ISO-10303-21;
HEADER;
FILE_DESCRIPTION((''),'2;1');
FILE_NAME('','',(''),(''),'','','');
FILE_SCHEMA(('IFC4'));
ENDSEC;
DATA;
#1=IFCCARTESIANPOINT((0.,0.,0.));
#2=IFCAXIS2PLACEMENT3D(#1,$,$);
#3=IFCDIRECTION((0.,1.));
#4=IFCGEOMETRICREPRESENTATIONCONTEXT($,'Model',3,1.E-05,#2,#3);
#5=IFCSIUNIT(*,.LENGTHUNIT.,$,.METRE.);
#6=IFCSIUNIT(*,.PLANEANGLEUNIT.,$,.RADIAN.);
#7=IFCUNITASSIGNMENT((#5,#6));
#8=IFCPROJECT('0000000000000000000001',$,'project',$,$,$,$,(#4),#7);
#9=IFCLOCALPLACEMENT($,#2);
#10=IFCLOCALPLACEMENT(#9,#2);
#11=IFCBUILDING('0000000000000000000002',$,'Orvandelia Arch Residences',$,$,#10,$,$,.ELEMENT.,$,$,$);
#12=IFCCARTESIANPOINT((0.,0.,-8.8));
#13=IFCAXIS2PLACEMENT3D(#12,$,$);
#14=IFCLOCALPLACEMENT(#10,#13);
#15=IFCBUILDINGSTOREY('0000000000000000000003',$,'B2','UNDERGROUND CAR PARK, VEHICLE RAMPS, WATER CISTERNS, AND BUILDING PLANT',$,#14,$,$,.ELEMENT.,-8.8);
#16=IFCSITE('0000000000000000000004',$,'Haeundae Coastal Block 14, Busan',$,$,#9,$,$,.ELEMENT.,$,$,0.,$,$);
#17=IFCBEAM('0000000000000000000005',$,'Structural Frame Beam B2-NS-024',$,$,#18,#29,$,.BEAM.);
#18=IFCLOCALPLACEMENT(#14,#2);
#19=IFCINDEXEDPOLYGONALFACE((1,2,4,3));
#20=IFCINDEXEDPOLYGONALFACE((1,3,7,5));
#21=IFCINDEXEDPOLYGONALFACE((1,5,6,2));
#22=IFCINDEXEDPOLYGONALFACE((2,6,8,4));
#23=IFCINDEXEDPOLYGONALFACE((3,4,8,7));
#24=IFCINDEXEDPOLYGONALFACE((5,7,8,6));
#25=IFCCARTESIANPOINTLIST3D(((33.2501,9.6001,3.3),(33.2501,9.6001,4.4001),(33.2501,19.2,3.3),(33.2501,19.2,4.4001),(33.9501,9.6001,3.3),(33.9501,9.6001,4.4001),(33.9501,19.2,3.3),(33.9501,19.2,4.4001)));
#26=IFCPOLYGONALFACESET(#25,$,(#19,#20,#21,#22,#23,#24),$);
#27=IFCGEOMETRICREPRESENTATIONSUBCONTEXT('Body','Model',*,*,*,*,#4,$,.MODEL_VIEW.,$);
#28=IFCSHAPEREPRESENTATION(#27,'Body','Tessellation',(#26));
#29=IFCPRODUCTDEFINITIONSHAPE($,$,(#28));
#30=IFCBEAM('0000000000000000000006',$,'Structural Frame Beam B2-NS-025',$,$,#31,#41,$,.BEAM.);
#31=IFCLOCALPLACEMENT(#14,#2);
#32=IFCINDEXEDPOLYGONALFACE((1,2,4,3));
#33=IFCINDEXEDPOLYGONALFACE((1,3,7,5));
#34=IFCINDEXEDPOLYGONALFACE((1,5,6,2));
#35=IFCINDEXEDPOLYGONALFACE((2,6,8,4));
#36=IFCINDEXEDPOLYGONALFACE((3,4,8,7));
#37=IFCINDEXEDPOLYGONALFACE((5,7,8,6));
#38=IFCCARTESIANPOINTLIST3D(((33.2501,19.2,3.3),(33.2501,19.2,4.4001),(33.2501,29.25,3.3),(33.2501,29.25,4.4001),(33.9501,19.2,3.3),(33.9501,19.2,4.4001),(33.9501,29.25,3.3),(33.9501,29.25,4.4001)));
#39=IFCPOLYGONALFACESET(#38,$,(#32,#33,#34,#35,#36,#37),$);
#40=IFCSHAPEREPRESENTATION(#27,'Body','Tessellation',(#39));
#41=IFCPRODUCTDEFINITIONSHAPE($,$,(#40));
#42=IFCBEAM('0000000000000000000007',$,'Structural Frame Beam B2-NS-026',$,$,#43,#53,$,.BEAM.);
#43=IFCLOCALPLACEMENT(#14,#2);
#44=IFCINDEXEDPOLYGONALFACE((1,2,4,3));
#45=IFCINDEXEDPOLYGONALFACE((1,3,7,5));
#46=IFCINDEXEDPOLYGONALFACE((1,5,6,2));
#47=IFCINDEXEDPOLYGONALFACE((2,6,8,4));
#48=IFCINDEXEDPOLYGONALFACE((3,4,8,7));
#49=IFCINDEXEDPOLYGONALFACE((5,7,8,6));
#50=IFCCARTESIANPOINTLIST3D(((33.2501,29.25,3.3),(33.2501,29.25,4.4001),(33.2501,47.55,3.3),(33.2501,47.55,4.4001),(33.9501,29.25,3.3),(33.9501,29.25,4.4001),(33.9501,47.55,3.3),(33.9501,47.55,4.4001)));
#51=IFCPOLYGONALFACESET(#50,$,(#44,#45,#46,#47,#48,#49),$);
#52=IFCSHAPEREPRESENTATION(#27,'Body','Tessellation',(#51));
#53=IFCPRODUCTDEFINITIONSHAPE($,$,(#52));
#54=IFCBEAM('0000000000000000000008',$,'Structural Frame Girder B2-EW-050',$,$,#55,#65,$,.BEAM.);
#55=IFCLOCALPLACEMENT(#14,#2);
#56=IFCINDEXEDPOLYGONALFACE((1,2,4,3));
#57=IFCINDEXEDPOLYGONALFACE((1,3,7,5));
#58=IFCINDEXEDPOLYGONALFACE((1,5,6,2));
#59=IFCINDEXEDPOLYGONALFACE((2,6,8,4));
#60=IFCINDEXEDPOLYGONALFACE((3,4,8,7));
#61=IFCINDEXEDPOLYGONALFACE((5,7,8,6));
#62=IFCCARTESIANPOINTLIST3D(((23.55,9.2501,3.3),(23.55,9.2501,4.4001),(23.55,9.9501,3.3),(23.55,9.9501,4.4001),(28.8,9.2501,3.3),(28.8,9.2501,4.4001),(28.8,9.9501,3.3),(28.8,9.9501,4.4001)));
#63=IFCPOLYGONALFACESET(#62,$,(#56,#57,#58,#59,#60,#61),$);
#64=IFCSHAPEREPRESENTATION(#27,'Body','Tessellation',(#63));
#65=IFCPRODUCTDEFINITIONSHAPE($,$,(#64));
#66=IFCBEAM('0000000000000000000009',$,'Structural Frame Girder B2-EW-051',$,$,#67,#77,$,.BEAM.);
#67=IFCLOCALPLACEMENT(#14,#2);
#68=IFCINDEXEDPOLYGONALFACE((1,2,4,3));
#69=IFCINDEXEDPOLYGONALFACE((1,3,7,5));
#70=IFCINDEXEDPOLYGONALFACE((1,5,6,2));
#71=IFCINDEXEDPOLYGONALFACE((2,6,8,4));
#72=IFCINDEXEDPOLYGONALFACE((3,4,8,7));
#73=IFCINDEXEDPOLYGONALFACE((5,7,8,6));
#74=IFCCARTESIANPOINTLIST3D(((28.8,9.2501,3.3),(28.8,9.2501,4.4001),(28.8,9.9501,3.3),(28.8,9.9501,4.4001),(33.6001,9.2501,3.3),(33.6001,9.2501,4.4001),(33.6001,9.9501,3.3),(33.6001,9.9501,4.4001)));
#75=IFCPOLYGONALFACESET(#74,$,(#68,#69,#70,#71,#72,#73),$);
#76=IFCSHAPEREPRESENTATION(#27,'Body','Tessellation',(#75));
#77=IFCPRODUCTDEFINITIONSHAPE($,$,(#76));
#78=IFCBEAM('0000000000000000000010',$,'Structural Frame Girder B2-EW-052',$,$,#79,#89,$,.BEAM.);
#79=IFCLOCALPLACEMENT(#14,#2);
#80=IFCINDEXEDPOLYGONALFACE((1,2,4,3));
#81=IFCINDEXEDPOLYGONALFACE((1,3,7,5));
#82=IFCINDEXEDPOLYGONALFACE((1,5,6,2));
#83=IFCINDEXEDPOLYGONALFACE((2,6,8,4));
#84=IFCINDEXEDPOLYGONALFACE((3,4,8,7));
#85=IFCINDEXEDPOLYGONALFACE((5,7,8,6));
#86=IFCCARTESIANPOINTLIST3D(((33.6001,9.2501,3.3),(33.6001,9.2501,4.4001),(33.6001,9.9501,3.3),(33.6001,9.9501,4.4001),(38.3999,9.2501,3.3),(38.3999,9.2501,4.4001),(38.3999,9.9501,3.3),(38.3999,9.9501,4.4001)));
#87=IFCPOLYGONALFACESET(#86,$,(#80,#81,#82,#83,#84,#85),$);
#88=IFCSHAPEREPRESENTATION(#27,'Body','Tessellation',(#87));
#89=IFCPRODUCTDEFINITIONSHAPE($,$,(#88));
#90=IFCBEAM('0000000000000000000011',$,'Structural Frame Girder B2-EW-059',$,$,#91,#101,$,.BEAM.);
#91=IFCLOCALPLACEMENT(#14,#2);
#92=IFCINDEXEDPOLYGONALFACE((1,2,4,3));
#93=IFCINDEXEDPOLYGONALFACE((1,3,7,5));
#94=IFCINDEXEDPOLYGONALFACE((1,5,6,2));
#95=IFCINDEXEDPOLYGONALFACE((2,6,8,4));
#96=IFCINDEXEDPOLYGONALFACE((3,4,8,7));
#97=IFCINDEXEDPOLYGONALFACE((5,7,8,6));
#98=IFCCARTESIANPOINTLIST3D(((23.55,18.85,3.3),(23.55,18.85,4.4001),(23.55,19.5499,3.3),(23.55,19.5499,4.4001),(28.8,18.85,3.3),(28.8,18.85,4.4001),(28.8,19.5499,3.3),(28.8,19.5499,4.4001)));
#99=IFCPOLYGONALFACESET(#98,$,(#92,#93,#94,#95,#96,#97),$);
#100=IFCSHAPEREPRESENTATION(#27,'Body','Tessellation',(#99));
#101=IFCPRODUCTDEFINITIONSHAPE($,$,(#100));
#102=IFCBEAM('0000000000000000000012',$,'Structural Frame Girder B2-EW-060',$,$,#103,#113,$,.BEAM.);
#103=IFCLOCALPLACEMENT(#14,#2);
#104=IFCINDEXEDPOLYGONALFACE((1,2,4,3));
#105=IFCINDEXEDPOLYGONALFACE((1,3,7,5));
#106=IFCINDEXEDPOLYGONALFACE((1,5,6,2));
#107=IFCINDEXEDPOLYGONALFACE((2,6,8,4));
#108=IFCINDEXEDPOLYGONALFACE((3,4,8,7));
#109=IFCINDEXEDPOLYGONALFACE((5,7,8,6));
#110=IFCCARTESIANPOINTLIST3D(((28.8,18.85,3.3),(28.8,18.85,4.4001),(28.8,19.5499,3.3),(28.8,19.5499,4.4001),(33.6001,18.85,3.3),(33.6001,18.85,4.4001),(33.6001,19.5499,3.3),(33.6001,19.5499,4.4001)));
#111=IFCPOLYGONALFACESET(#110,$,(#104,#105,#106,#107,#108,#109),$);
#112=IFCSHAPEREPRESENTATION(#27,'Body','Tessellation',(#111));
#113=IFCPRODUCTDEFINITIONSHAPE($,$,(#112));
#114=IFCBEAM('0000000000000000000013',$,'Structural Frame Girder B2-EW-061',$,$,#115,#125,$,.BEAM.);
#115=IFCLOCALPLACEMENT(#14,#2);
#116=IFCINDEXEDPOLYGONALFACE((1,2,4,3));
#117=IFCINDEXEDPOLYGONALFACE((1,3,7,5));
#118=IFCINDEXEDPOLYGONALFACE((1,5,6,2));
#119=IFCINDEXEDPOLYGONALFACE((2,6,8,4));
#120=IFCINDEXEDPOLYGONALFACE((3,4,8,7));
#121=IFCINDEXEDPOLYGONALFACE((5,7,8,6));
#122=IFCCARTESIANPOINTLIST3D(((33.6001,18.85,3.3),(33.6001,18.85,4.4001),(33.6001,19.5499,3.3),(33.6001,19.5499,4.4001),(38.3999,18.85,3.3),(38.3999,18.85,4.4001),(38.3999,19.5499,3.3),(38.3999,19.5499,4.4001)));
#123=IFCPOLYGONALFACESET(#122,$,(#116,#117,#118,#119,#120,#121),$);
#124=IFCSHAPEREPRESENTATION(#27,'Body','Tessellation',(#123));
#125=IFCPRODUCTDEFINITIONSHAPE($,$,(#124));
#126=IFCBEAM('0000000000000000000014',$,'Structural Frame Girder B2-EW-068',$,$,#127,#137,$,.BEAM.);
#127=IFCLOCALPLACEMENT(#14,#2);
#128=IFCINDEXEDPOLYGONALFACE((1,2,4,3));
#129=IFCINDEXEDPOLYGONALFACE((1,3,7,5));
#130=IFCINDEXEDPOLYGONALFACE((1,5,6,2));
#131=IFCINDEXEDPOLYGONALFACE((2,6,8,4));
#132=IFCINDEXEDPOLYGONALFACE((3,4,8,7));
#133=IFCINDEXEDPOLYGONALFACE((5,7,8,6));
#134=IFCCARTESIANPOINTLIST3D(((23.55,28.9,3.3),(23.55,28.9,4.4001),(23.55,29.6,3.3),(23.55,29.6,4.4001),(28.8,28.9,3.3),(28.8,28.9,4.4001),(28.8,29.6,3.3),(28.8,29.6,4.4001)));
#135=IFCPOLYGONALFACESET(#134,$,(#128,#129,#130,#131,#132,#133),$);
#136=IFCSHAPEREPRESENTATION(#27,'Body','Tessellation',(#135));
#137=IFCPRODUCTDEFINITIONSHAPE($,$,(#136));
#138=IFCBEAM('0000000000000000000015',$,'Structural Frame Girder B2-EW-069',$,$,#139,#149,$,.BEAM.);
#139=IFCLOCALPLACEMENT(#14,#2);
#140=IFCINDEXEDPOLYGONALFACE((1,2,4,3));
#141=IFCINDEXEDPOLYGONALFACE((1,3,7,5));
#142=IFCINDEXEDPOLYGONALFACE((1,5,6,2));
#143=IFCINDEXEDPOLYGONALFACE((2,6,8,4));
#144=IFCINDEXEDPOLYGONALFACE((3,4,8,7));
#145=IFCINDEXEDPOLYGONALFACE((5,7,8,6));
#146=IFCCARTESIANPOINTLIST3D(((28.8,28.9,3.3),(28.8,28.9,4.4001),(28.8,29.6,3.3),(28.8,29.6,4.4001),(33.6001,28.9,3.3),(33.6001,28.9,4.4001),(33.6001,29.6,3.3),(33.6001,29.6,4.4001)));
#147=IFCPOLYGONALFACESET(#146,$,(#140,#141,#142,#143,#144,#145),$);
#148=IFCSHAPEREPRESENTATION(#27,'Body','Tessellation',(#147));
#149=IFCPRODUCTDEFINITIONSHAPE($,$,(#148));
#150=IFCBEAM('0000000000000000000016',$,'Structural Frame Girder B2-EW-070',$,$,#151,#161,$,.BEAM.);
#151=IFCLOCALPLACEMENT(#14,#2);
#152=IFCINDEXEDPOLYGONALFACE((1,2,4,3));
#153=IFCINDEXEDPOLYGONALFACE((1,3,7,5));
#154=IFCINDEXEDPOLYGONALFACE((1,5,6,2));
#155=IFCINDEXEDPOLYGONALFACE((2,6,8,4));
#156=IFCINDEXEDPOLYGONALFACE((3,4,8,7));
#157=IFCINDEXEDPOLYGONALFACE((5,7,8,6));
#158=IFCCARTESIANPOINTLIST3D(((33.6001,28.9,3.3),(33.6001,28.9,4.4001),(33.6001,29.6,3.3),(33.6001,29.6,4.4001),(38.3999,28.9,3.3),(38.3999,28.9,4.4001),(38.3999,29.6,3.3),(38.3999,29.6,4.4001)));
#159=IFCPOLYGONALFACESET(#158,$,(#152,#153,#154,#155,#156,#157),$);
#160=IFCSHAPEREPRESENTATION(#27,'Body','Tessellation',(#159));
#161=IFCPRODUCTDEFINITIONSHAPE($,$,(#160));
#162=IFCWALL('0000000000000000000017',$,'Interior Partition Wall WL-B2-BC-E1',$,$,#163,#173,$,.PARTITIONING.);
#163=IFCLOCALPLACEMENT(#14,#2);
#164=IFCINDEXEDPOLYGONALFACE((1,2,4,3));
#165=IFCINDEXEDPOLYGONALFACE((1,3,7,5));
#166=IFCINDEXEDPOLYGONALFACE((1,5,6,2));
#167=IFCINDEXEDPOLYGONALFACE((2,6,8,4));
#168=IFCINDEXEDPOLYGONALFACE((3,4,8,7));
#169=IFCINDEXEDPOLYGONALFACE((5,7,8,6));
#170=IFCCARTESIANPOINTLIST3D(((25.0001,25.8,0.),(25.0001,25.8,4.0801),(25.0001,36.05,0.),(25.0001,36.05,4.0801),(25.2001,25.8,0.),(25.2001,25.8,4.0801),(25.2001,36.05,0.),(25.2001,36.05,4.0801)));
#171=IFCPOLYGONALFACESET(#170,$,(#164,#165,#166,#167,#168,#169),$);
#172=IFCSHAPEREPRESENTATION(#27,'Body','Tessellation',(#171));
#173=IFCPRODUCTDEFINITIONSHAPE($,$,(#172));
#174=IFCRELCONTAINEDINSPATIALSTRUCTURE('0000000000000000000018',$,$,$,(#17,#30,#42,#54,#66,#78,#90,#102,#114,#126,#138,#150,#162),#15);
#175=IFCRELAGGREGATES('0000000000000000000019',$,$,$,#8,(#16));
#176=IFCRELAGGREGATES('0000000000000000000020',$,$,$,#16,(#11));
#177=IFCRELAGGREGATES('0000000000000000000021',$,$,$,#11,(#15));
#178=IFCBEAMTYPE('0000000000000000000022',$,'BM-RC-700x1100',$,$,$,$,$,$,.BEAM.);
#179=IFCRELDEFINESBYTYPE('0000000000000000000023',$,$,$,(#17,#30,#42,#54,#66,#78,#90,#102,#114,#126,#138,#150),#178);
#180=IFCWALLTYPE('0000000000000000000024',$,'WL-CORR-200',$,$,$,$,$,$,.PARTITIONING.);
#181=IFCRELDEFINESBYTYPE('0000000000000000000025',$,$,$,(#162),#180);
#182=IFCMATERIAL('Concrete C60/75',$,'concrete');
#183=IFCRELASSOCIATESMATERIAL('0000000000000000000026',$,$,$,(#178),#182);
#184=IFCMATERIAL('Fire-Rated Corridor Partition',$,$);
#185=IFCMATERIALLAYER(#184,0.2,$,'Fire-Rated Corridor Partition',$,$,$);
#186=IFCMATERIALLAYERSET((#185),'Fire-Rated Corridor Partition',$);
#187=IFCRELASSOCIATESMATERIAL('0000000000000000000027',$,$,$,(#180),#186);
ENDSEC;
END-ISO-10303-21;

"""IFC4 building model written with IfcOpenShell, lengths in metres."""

from ifc_helpers import new_model, si_unit, direction, frame, frame_2d, origin, origin_2d, place, context, subcontext, project, spatial, rectangle, extrude, material, layer, layer_set, material_profile, profile_set, type_object, element, save


model = new_model("IFC4")

# Units and contexts
model_context = context("Model", 3, precision=1e-05, world=origin(), true_north=direction((0.0, 1.0)))
body_context = subcontext(model_context, "Body", "Model", "MODEL_VIEW")
ifc_project = project(units=[si_unit("LENGTHUNIT", "METRE"), si_unit("PLANEANGLEUNIT", "RADIAN")], contexts=[model_context])

# Site, building, storey
site_placement = place(None, origin())
site = spatial("IfcSite", under=ifc_project, at=site_placement, Name="Haeundae Coastal Block 14, Busan", CompositionType="ELEMENT", RefElevation=0.0)
building_placement = place(site_placement, origin())
building = spatial("IfcBuilding", under=site, at=building_placement, Name="Orvandelia Arch Residences", CompositionType="ELEMENT")
storey_placement = place(building_placement, frame((0.0, 0.0, -8.8)))
storey = spatial("IfcBuildingStorey", under=building, at=storey_placement, Name="B2", Description="UNDERGROUND CAR PARK, VEHICLE RAMPS, WATER CISTERNS, AND BUILDING PLANT", CompositionType="ELEMENT", Elevation=-8.8)

# Beams
ifc_material_1 = material(Name="Concrete C60/75", Category="concrete")
ifc_material_profile_1 = material_profile(ifc_material_1, rectangle(XDim=0.7, YDim=1.1001, at=origin_2d()), Name="Concrete C60/75", Category="concrete")
ifc_profile_set_1 = profile_set([ifc_material_profile_1], Name="Concrete C60/75")
beam_type = type_object("IfcBeamType", Name="BM-RC-700x1100", PredefinedType="BEAM", material=ifc_profile_set_1)
beam_1_placement = place(storey_placement, frame((33.6001, 9.6001, 3.8501), z_axis=(0.0, 1.0, 0.0), x_axis=(-1.0, 0.0, 0.0)))
element("IfcBeam", 1, at=beam_1_placement, inside=storey, type_object=beam_type, Name="Structural Frame Beam B2-NS-024", PredefinedType="BEAM", context=body_context, shape_type="SweptSolid", body=[
    extrude(rectangle(XDim=0.7, YDim=1.1001, at=origin_2d()), origin(), (0.0, 0.0, 1.0), 9.5999),
])
beam_2_placement = place(storey_placement, frame((33.6001, 19.2, 3.8501), z_axis=(0.0, 1.0, 0.0), x_axis=(-1.0, 0.0, 0.0)))
element("IfcBeam", 2, at=beam_2_placement, inside=storey, type_object=beam_type, Name="Structural Frame Beam B2-NS-025", PredefinedType="BEAM", context=body_context, shape_type="SweptSolid", body=[
    extrude(rectangle(XDim=0.7, YDim=1.1001, at=origin_2d()), origin(), (0.0, 0.0, 1.0), 10.05),
])
beam_3_placement = place(storey_placement, frame((33.6001, 29.25, 3.8501), z_axis=(0.0, 1.0, 0.0), x_axis=(-1.0, 0.0, 0.0)))
element("IfcBeam", 3, at=beam_3_placement, inside=storey, type_object=beam_type, Name="Structural Frame Beam B2-NS-026", PredefinedType="BEAM", context=body_context, shape_type="SweptSolid", body=[
    extrude(rectangle(XDim=0.7, YDim=1.1001, at=origin_2d()), origin(), (0.0, 0.0, 1.0), 18.3),
])
beam_4_placement = place(storey_placement, frame((23.55, 9.6001, 3.8501), z_axis=(1.0, 0.0, 0.0), x_axis=(0.0, 1.0, 0.0)))
element("IfcBeam", 4, at=beam_4_placement, inside=storey, type_object=beam_type, Name="Structural Frame Girder B2-EW-050", PredefinedType="BEAM", context=body_context, shape_type="SweptSolid", body=[
    extrude(rectangle(XDim=0.7, YDim=1.1001, at=origin_2d()), origin(), (0.0, 0.0, 1.0), 5.25),
])
beam_5_placement = place(storey_placement, frame((28.8, 9.6001, 3.8501), z_axis=(1.0, 0.0, 0.0), x_axis=(0.0, 1.0, 0.0)))
element("IfcBeam", 5, at=beam_5_placement, inside=storey, type_object=beam_type, Name="Structural Frame Girder B2-EW-051", PredefinedType="BEAM", context=body_context, shape_type="SweptSolid", body=[
    extrude(rectangle(XDim=0.7, YDim=1.1001, at=origin_2d()), origin(), (0.0, 0.0, 1.0), 4.8),
])
beam_6_placement = place(storey_placement, frame((33.6001, 9.6001, 3.8501), z_axis=(1.0, 0.0, 0.0), x_axis=(0.0, 1.0, 0.0)))
element("IfcBeam", 6, at=beam_6_placement, inside=storey, type_object=beam_type, Name="Structural Frame Girder B2-EW-052", PredefinedType="BEAM", context=body_context, shape_type="SweptSolid", body=[
    extrude(rectangle(XDim=0.7, YDim=1.1001, at=origin_2d()), origin(), (0.0, 0.0, 1.0), 4.7998),
])
beam_7_placement = place(storey_placement, frame((23.55, 19.2, 3.8501), z_axis=(1.0, 0.0, 0.0), x_axis=(0.0, 1.0, 0.0)))
element("IfcBeam", 7, at=beam_7_placement, inside=storey, type_object=beam_type, Name="Structural Frame Girder B2-EW-059", PredefinedType="BEAM", context=body_context, shape_type="SweptSolid", body=[
    extrude(rectangle(XDim=0.7, YDim=1.1001, at=origin_2d()), origin(), (0.0, 0.0, 1.0), 5.25),
])
beam_8_placement = place(storey_placement, frame((28.8, 19.2, 3.8501), z_axis=(1.0, 0.0, 0.0), x_axis=(0.0, 1.0, 0.0)))
element("IfcBeam", 8, at=beam_8_placement, inside=storey, type_object=beam_type, Name="Structural Frame Girder B2-EW-060", PredefinedType="BEAM", context=body_context, shape_type="SweptSolid", body=[
    extrude(rectangle(XDim=0.7, YDim=1.1001, at=origin_2d()), origin(), (0.0, 0.0, 1.0), 4.8),
])
beam_9_placement = place(storey_placement, frame((33.6001, 19.2, 3.8501), z_axis=(1.0, 0.0, 0.0), x_axis=(0.0, 1.0, 0.0)))
element("IfcBeam", 9, at=beam_9_placement, inside=storey, type_object=beam_type, Name="Structural Frame Girder B2-EW-061", PredefinedType="BEAM", context=body_context, shape_type="SweptSolid", body=[
    extrude(rectangle(XDim=0.7, YDim=1.1001, at=origin_2d()), origin(), (0.0, 0.0, 1.0), 4.7998),
])
beam_10_placement = place(storey_placement, frame((23.55, 29.25, 3.8501), z_axis=(1.0, 0.0, 0.0), x_axis=(0.0, 1.0, 0.0)))
element("IfcBeam", 10, at=beam_10_placement, inside=storey, type_object=beam_type, Name="Structural Frame Girder B2-EW-068", PredefinedType="BEAM", context=body_context, shape_type="SweptSolid", body=[
    extrude(rectangle(XDim=0.7, YDim=1.1001, at=origin_2d()), origin(), (0.0, 0.0, 1.0), 5.25),
])
beam_11_placement = place(storey_placement, frame((28.8, 29.25, 3.8501), z_axis=(1.0, 0.0, 0.0), x_axis=(0.0, 1.0, 0.0)))
element("IfcBeam", 11, at=beam_11_placement, inside=storey, type_object=beam_type, Name="Structural Frame Girder B2-EW-069", PredefinedType="BEAM", context=body_context, shape_type="SweptSolid", body=[
    extrude(rectangle(XDim=0.7, YDim=1.1001, at=origin_2d()), origin(), (0.0, 0.0, 1.0), 4.8),
])
beam_12_placement = place(storey_placement, frame((33.6001, 29.25, 3.8501), z_axis=(1.0, 0.0, 0.0), x_axis=(0.0, 1.0, 0.0)))
element("IfcBeam", 12, at=beam_12_placement, inside=storey, type_object=beam_type, Name="Structural Frame Girder B2-EW-070", PredefinedType="BEAM", context=body_context, shape_type="SweptSolid", body=[
    extrude(rectangle(XDim=0.7, YDim=1.1001, at=origin_2d()), origin(), (0.0, 0.0, 1.0), 4.7998),
])

# Wall
ifc_material_2 = material(Name="Fire-Rated Corridor Partition")
ifc_layer = layer(ifc_material_2, 0.2, Name="Fire-Rated Corridor Partition")
ifc_layer_set = layer_set([ifc_layer], Name="Fire-Rated Corridor Partition")
wall_type = type_object("IfcWallType", Name="WL-CORR-200", PredefinedType="PARTITIONING", material=ifc_layer_set)
wall_placement = place(storey_placement, frame((25.1001, 25.8, 0.0), z_axis=(0.0, 0.0, 1.0), x_axis=(0.0, 1.0, 0.0)))
element("IfcWall", 13, at=wall_placement, inside=storey, type_object=wall_type, Name="Interior Partition Wall WL-B2-BC-E1", PredefinedType="PARTITIONING", context=body_context, shape_type="SweptSolid", body=[
    extrude(rectangle(XDim=10.25, YDim=0.2, at=frame_2d((5.125, 0.0))), origin(), (0.0, 0.0, 1.0), 4.0801),
])

save(model, "model.ifc")
